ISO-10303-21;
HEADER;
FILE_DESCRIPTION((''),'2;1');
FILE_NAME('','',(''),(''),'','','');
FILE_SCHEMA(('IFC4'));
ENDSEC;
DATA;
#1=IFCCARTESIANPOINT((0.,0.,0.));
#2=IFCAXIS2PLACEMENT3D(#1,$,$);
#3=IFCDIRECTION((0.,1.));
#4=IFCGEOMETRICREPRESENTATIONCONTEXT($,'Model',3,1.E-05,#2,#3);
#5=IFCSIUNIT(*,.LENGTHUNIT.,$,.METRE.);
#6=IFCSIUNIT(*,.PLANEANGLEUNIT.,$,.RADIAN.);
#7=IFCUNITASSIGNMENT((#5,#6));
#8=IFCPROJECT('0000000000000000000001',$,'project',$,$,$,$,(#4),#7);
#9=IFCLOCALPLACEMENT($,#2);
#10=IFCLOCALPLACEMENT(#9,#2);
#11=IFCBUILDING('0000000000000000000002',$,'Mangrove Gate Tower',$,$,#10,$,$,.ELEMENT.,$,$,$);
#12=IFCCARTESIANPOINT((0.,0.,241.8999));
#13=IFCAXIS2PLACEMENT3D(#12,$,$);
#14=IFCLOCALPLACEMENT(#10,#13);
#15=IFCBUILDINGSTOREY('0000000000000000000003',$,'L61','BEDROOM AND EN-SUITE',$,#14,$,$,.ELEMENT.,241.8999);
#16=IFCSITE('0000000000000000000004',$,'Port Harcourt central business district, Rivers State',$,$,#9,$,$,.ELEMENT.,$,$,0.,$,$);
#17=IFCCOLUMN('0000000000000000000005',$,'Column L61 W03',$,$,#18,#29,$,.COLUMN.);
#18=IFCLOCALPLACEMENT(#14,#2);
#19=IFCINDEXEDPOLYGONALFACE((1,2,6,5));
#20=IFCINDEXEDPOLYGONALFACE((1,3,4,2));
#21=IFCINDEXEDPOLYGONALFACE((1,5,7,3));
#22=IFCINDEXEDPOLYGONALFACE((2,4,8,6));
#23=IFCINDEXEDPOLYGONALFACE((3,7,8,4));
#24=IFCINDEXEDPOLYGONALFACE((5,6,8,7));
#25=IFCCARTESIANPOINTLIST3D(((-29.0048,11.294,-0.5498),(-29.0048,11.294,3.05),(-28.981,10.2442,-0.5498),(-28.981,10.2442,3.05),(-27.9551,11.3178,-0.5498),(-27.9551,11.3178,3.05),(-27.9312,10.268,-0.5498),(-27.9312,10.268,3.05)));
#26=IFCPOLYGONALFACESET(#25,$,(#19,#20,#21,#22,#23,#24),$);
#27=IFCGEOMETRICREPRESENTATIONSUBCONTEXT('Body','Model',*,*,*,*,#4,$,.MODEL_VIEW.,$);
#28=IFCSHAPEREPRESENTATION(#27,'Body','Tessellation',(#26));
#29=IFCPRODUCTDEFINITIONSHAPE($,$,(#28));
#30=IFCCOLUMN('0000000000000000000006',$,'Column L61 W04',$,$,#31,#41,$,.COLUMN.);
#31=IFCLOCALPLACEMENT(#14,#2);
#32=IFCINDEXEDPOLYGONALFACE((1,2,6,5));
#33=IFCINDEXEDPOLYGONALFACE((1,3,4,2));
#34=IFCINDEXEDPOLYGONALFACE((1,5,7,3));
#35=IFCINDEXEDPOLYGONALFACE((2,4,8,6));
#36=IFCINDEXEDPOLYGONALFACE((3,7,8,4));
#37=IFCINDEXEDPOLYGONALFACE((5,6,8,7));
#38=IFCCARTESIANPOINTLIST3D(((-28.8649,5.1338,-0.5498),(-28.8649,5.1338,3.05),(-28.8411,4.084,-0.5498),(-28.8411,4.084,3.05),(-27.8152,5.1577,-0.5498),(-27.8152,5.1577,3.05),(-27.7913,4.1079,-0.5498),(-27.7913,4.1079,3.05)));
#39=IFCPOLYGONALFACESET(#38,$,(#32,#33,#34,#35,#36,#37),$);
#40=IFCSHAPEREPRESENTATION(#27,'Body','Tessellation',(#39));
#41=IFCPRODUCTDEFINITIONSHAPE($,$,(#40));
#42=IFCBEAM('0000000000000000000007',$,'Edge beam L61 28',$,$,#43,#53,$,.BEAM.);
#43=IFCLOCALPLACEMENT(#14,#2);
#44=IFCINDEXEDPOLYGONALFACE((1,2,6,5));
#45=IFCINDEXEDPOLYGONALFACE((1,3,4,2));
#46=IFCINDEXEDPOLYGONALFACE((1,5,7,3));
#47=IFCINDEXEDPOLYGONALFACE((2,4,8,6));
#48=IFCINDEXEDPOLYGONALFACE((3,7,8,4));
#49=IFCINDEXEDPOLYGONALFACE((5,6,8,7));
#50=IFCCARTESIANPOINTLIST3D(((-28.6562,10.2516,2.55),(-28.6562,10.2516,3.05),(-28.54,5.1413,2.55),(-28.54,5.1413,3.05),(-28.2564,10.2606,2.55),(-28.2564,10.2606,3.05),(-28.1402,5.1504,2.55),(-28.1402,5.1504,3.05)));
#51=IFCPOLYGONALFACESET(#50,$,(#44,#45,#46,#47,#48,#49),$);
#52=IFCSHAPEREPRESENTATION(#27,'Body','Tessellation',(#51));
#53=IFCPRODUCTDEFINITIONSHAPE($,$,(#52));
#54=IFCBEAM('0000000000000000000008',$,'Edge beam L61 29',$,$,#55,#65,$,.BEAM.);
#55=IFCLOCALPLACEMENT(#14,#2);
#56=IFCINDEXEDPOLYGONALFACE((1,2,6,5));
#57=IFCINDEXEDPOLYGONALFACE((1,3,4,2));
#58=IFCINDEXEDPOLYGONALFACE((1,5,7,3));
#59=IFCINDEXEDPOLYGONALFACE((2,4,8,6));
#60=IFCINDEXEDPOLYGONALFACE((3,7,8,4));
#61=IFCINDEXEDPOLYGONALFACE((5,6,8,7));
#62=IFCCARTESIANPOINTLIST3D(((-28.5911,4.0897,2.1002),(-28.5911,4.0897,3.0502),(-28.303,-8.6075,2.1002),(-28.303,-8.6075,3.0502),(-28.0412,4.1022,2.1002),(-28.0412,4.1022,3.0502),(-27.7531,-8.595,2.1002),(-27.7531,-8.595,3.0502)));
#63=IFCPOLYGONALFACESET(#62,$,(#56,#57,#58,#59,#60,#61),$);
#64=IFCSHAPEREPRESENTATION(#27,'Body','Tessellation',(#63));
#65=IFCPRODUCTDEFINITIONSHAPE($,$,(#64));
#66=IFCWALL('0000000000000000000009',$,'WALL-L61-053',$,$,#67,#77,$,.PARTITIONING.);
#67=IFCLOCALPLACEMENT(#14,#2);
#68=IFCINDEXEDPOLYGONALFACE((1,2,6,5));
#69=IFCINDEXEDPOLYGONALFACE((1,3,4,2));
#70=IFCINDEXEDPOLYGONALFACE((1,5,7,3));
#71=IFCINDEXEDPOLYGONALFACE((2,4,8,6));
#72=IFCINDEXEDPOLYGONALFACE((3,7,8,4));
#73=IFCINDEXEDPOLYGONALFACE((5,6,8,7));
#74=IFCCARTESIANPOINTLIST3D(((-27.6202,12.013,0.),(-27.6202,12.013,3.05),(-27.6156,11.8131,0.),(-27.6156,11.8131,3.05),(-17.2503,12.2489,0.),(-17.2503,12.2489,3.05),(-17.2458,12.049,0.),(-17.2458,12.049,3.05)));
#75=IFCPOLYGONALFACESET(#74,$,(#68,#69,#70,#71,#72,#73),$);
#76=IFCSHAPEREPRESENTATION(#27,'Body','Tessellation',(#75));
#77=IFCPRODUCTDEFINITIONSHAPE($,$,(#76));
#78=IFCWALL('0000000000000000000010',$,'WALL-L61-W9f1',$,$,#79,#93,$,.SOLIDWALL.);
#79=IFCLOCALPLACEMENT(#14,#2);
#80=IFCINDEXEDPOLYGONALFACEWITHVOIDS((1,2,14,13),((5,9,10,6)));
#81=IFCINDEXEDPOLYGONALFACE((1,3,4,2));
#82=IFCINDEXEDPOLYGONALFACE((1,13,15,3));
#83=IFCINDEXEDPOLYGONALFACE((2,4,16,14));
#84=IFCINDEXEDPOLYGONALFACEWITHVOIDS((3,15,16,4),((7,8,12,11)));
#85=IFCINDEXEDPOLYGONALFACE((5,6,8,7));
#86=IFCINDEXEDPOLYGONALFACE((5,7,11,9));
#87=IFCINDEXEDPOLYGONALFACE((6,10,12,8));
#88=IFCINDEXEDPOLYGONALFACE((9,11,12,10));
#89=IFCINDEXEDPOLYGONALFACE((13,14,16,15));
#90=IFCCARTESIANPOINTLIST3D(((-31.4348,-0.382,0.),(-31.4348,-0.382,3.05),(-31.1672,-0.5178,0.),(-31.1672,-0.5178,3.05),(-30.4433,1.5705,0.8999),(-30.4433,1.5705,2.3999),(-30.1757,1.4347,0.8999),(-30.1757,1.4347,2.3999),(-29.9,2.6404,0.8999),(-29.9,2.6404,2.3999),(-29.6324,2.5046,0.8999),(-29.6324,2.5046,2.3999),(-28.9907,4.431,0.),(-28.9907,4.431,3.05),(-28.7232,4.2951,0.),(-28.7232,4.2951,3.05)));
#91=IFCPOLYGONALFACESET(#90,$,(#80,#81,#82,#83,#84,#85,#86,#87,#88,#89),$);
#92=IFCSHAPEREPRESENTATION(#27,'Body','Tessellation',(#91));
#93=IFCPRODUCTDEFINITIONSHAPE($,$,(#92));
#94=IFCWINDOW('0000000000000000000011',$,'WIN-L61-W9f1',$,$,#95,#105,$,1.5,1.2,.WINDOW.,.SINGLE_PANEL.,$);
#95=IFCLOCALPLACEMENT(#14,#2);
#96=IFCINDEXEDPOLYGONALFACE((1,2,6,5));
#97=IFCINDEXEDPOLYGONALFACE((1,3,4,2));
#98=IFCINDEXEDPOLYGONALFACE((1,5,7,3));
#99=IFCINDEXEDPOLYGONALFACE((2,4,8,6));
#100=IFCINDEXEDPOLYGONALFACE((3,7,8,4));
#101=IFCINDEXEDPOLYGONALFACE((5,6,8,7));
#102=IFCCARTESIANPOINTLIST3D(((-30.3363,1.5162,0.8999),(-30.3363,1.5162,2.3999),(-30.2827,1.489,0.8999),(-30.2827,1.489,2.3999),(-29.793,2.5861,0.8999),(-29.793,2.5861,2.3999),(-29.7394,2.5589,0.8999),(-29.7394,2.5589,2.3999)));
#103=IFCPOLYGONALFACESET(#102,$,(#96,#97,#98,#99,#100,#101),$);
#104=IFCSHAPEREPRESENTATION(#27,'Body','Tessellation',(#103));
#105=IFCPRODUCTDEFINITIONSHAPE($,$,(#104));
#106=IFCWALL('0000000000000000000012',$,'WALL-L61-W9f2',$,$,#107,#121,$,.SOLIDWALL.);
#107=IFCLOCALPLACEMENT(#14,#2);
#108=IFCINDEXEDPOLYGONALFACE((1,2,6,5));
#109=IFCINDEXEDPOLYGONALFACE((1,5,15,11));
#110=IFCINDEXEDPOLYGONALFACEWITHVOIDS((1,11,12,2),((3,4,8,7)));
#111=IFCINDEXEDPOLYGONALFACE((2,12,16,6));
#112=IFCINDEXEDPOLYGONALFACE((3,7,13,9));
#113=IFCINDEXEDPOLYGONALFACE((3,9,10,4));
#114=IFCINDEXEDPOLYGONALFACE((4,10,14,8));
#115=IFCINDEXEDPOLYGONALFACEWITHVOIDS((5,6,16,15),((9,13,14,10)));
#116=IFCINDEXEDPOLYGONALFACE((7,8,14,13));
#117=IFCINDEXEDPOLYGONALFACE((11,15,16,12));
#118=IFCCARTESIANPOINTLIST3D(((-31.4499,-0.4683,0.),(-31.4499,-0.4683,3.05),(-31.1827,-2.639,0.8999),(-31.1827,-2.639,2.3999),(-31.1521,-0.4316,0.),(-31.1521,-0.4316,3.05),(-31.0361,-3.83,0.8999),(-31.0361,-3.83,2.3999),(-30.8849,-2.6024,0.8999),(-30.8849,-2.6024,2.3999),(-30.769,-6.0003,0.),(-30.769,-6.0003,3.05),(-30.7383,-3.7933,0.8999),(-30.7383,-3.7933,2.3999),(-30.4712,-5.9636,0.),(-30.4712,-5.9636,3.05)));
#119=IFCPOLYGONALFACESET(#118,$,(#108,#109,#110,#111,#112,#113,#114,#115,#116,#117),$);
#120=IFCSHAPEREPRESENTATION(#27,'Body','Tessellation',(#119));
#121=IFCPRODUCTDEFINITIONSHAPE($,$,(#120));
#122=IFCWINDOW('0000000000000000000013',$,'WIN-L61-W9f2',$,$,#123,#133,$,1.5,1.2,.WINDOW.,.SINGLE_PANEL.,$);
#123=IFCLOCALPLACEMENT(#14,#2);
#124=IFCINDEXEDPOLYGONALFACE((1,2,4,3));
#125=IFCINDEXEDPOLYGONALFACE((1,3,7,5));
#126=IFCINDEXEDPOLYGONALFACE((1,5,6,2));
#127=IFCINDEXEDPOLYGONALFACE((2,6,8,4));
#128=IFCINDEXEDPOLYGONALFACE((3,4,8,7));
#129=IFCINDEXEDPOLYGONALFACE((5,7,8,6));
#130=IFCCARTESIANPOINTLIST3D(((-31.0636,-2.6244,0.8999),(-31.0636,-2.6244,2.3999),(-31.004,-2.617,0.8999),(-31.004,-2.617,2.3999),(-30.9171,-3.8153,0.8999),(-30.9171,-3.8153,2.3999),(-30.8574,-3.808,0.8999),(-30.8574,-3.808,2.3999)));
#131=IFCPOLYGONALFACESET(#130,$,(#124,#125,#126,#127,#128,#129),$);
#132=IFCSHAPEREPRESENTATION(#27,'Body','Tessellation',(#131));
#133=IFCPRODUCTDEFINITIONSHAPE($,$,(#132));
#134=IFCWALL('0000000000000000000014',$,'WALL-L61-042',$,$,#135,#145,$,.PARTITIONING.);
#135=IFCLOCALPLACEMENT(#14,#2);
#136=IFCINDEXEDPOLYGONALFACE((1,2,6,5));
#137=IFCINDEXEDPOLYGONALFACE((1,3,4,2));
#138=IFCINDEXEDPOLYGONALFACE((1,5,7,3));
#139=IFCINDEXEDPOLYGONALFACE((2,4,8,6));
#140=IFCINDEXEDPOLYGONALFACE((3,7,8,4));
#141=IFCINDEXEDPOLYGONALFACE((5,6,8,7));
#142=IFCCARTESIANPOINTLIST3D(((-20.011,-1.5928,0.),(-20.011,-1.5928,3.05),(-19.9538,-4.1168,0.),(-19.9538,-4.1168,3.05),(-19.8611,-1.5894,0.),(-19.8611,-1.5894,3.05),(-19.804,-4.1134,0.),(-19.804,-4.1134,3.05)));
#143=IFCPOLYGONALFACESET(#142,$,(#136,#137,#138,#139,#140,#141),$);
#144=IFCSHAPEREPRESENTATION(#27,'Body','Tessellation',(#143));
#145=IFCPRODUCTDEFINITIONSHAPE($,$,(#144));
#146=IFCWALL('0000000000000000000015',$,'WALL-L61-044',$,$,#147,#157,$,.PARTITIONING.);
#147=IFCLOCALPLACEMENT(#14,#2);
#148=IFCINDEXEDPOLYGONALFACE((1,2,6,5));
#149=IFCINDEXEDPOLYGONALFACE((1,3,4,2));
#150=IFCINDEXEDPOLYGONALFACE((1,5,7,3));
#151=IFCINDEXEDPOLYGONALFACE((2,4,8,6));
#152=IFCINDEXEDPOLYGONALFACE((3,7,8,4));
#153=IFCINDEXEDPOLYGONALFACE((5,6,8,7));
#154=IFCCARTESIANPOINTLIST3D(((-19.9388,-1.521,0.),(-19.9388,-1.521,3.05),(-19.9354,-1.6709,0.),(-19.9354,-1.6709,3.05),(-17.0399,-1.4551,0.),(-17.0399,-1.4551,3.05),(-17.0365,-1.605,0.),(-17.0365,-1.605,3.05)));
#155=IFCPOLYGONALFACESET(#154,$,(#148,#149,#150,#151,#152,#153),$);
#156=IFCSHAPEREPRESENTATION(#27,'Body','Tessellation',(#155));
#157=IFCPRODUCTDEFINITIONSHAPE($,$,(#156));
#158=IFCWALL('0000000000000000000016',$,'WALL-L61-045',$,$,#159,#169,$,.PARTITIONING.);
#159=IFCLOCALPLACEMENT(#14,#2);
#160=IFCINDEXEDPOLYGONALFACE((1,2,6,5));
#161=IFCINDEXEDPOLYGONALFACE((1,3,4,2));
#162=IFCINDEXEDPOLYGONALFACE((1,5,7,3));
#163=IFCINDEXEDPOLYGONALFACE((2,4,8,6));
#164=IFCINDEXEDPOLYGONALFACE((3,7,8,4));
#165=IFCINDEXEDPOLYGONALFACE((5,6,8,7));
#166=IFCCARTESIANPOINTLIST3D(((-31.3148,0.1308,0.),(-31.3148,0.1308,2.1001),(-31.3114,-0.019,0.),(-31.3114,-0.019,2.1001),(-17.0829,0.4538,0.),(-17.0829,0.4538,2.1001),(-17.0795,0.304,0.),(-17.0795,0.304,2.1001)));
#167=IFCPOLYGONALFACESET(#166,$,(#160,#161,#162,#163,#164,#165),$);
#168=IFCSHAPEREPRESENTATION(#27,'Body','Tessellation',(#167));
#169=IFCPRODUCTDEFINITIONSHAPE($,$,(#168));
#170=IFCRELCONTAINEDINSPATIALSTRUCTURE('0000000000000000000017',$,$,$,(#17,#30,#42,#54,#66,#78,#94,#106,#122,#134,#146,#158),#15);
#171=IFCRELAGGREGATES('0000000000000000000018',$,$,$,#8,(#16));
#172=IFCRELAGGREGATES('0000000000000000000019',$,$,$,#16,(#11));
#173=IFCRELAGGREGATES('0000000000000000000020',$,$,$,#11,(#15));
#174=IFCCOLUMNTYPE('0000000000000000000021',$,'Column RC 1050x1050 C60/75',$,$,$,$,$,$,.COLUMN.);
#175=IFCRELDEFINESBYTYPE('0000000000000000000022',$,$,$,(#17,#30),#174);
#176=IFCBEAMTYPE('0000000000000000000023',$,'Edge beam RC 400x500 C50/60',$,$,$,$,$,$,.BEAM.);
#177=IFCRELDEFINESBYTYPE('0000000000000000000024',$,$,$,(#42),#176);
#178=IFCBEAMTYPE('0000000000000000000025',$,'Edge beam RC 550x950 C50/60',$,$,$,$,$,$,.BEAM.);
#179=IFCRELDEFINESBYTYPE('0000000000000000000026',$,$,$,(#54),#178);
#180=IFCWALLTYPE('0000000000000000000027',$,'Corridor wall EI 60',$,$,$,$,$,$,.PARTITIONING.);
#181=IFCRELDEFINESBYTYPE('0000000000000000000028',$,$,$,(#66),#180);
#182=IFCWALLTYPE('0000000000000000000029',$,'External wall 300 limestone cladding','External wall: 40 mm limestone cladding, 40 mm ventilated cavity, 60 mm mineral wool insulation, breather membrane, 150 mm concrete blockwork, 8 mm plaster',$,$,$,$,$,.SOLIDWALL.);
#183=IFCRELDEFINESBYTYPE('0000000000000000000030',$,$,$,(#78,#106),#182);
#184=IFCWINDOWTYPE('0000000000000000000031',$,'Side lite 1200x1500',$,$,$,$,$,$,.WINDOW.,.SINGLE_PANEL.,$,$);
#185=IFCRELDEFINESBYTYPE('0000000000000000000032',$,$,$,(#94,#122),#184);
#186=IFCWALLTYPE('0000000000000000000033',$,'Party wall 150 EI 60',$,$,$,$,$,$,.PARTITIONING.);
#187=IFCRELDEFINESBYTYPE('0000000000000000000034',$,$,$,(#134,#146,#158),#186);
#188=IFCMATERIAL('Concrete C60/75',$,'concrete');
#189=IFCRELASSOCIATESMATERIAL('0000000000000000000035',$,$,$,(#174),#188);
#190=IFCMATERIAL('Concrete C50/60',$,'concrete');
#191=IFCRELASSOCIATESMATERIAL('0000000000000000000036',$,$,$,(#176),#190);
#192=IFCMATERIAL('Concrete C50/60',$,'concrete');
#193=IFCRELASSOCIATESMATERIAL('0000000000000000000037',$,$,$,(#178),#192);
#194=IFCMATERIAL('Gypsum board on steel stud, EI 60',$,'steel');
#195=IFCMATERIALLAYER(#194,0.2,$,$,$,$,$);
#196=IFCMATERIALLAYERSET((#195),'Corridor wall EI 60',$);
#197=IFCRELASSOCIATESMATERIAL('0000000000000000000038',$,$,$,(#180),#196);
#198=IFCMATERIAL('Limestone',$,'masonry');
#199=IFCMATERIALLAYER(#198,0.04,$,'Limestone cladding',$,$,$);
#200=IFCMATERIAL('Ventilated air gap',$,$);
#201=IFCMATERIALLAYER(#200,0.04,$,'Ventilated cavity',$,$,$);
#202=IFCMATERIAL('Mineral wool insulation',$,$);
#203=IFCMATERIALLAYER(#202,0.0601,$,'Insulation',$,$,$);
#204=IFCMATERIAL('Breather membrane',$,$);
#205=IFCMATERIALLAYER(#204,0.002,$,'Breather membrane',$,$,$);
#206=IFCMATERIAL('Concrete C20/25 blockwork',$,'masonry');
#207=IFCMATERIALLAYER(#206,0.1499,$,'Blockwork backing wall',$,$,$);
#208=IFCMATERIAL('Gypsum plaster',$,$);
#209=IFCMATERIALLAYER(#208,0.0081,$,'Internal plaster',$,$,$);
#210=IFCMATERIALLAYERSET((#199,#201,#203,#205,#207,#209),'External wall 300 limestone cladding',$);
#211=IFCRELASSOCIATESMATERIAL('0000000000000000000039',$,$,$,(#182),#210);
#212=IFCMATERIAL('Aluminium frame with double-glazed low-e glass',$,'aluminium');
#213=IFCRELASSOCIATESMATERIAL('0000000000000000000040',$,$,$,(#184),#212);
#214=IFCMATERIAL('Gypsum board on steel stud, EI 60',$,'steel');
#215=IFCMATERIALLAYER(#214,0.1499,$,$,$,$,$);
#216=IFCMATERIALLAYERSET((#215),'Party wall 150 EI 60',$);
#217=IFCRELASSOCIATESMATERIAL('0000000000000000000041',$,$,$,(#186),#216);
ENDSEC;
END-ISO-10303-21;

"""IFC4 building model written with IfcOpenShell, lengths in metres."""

from ifc_helpers import new_model, si_unit, direction, frame, frame_2d, origin, origin_2d, place, context, subcontext, project, spatial, rectangle, extrude, material, layer, layer_set, material_profile, profile_set, type_object, element, fill, save


model = new_model("IFC4")

# Units and contexts
model_context = context("Model", 3, precision=1e-05, world=origin(), true_north=direction((0.0, 1.0)))
body_context = subcontext(model_context, "Body", "Model", "MODEL_VIEW")
ifc_project = project(units=[si_unit("LENGTHUNIT", "METRE"), si_unit("PLANEANGLEUNIT", "RADIAN")], contexts=[model_context])

# Site, building, storey
site_placement = place(None, origin())
site = spatial("IfcSite", under=ifc_project, at=site_placement, Name="Port Harcourt central business district, Rivers State", CompositionType="ELEMENT", RefElevation=0.0)
building_placement = place(site_placement, origin())
building = spatial("IfcBuilding", under=site, at=building_placement, Name="Mangrove Gate Tower", CompositionType="ELEMENT")
storey_placement = place(building_placement, frame((0.0, 0.0, 241.8999)))
storey = spatial("IfcBuildingStorey", under=building, at=storey_placement, Name="L61", Description="BEDROOM AND EN-SUITE", CompositionType="ELEMENT", Elevation=241.8999)

# Columns
ifc_material_1 = material(Name="Concrete C60/75", Category="concrete")
ifc_material_profile_1 = material_profile(ifc_material_1, rectangle(XDim=1.05, YDim=1.05, at=origin_2d()))
ifc_profile_set_1 = profile_set([ifc_material_profile_1], Name="Concrete C60/75")
column_type = type_object("IfcColumnType", Name="Column RC 1050x1050 C60/75", PredefinedType="COLUMN", material=ifc_profile_set_1)
for number, where, z_axis, x_axis, name in (
    (1, (-28.468, 10.781, -0.5498), (0.0, 0.0, 1.0), (0.02272, -0.999742, 0.0), "Column L61 W03"),
    (2, (-28.3281, 4.6208, -0.5498), (0.0, 0.0, 1.0), (0.0227, -0.999742, 0.0), "Column L61 W04"),
):
    element("IfcColumn", number, at=place(storey_placement, frame(where, z_axis=z_axis, x_axis=x_axis)), inside=storey, type_object=column_type, Name=name, PredefinedType="COLUMN", context=body_context, shape_type="SweptSolid", body=[
        extrude(rectangle(XDim=1.05, YDim=1.05, at=origin_2d()), origin(), (0.0, 0.0, 1.0), 3.5999),
    ])

# Beams
ifc_material_2 = material(Name="Concrete C50/60", Category="concrete")
ifc_material_profile_2 = material_profile(ifc_material_2, rectangle(XDim=0.3999, YDim=0.5, at=origin_2d()))
ifc_profile_set_2 = profile_set([ifc_material_profile_2], Name="Concrete C50/60")
beam_type_1 = type_object("IfcBeamType", Name="Edge beam RC 400x500 C50/60", PredefinedType="BEAM", material=ifc_profile_set_2)
beam_1_placement = place(storey_placement, frame((-28.4563, 10.2561, 2.8), z_axis=(0.022734, -0.999742, 0.0), x_axis=(0.999742, 0.022734, 0.0)))
element("IfcBeam", 3, at=beam_1_placement, inside=storey, type_object=beam_type_1, Name="Edge beam L61 28", PredefinedType="BEAM", context=body_context, shape_type="SweptSolid", body=[
    extrude(rectangle(XDim=0.3999, YDim=0.5, at=origin_2d()), origin(), (0.0, 0.0, 1.0), 5.1116),
])
ifc_material_3 = material(Name="Concrete C50/60", Category="concrete")
ifc_material_profile_3 = material_profile(ifc_material_3, rectangle(XDim=0.55, YDim=0.95, at=origin_2d()))
ifc_profile_set_3 = profile_set([ifc_material_profile_3], Name="Concrete C50/60")
beam_type_2 = type_object("IfcBeamType", Name="Edge beam RC 550x950 C50/60", PredefinedType="BEAM", material=ifc_profile_set_3)
beam_2_placement = place(storey_placement, frame((-28.3162, 4.0959, 2.5752), z_axis=(0.022683, -0.999743, 0.0), x_axis=(0.999743, 0.022683, 0.0)))
element("IfcBeam", 4, at=beam_2_placement, inside=storey, type_object=beam_type_2, Name="Edge beam L61 29", PredefinedType="BEAM", context=body_context, shape_type="SweptSolid", body=[
    extrude(rectangle(XDim=0.55, YDim=0.95, at=origin_2d()), origin(), (0.0, 0.0, 1.0), 12.7004),
])

# Wall
ifc_material_4 = material(Name="Gypsum board on steel stud, EI 60", Category="steel")
ifc_layer_1 = layer(ifc_material_4, 0.2)
ifc_layer_set_1 = layer_set([ifc_layer_1], Name="Corridor wall EI 60")
wall_type_1 = type_object("IfcWallType", Name="Corridor wall EI 60", PredefinedType="PARTITIONING", material=ifc_layer_set_1)
wall_1_placement = place(storey_placement, frame((-27.6179, 11.9131, 0.0), z_axis=(0.0, 0.0, 1.0), x_axis=(0.999741, 0.022737, 0.0)))
element("IfcWall", 5, at=wall_1_placement, inside=storey, type_object=wall_type_1, Name="WALL-L61-053", PredefinedType="PARTITIONING", context=body_context, shape_type="SweptSolid", body=[
    extrude(rectangle(XDim=10.3726, YDim=0.2, at=frame_2d((5.1863, 0.0))), origin(), (0.0, 0.0, 1.0), 3.05),
])

# Walls, openings, windows
ifc_material_5 = material(Name="Limestone", Category="masonry")
ifc_layer_2 = layer(ifc_material_5, 0.04, Name="Limestone cladding")
ifc_material_6 = material(Name="Ventilated air gap")
ifc_layer_3 = layer(ifc_material_6, 0.04, Name="Ventilated cavity")
ifc_material_7 = material(Name="Mineral wool insulation")
ifc_layer_4 = layer(ifc_material_7, 0.0601, Name="Insulation")
ifc_material_8 = material(Name="Breather membrane")
ifc_layer_5 = layer(ifc_material_8, 0.002, Name="Breather membrane")
ifc_material_9 = material(Name="Concrete C20/25 blockwork", Category="masonry")
ifc_layer_6 = layer(ifc_material_9, 0.1499, Name="Blockwork backing wall")
ifc_material_10 = material(Name="Gypsum plaster")
ifc_layer_7 = layer(ifc_material_10, 0.0081, Name="Internal plaster")
ifc_layer_set_2 = layer_set([ifc_layer_2, ifc_layer_3, ifc_layer_4, ifc_layer_5, ifc_layer_6, ifc_layer_7], Name="External wall 300 limestone cladding")
wall_type_2 = type_object("IfcWallType", Name="External wall 300 limestone cladding", Description="External wall: 40 mm limestone cladding, 40 mm ventilated cavity, 60 mm mineral wool insulation, breather membrane, 150 mm concrete blockwork, 8 mm plaster", PredefinedType="SOLIDWALL", material=ifc_layer_set_2)
wall_2_placement = place(storey_placement, frame((-28.8569, 4.363, 0.0), z_axis=(0.0, 0.0, 1.0), x_axis=(-0.452777, -0.891624, 0.0)))
wall_2 = element("IfcWall", 6, at=wall_2_placement, inside=storey, type_object=wall_type_2, Name="WALL-L61-W9f1", PredefinedType="SOLIDWALL", context=body_context, shape_type="SweptSolid", body=[
    extrude(rectangle(XDim=5.3979, YDim=0.3, at=frame_2d((2.699, 0.0))), origin(), (0.0, 0.0, 1.0), 3.05),
])
opening_1_placement = place(wall_2_placement, frame((2.0081, 0.0, 0.8999)))
opening_1 = element("IfcOpeningElement", 7, at=opening_1_placement, cuts=wall_2, PredefinedType="OPENING", context=body_context, shape_type="SweptSolid", body=[
    extrude(rectangle(XDim=1.2, YDim=1.5, at=frame_2d((0.6001, 0.75))), frame((0.0, 0.1599, 0.0), z_axis=(0.0, -1.0, 0.0), x_axis=(1.0, 0.0, 0.0)), (0.0, 0.0, 1.0), 0.3201),
])
ifc_material_11 = material(Name="Aluminium frame with double-glazed low-e glass", Category="aluminium")
window_type = type_object("IfcWindowType", Name="Side lite 1200x1500", PartitioningType="SINGLE_PANEL", PredefinedType="WINDOW", material=ifc_material_11)
window_1_placement = place(opening_1_placement, origin())
window_1 = element("IfcWindow", 8, at=window_1_placement, inside=storey, type_object=window_type, Name="WIN-L61-W9f1", OverallHeight=1.5, OverallWidth=1.2, PartitioningType="SINGLE_PANEL", PredefinedType="WINDOW", context=body_context, shape_type="SweptSolid", body=[
    extrude(rectangle(XDim=1.2, YDim=1.5, at=frame_2d((0.6001, 0.75))), frame((0.0, 0.03, 0.0), z_axis=(0.0, -1.0, 0.0), x_axis=(1.0, 0.0, 0.0)), (0.0, 0.0, 1.0), 0.0601),
])
fill(opening_1, window_1)
wall_3_placement = place(storey_placement, frame((-31.301, -0.45, 0.0), z_axis=(0.0, 0.0, 1.0), x_axis=(0.122164, -0.99251, 0.0)))
wall_3 = element("IfcWall", 9, at=wall_3_placement, inside=storey, type_object=wall_type_2, Name="WALL-L61-W9f2", PredefinedType="SOLIDWALL", context=body_context, shape_type="SweptSolid", body=[
    extrude(rectangle(XDim=5.5737, YDim=0.3, at=frame_2d((2.7869, 0.0))), origin(), (0.0, 0.0, 1.0), 3.05),
])
opening_2_placement = place(wall_3_placement, frame((2.187, 0.0, 0.8999)))
opening_2 = element("IfcOpeningElement", 10, at=opening_2_placement, cuts=wall_3, PredefinedType="OPENING", context=body_context, shape_type="SweptSolid", body=[
    extrude(rectangle(XDim=1.2, YDim=1.5, at=frame_2d((0.6001, 0.75))), frame((0.0, 0.1599, 0.0), z_axis=(0.0, -1.0, 0.0), x_axis=(1.0, 0.0, 0.0)), (0.0, 0.0, 1.0), 0.3201),
])
window_2_placement = place(opening_2_placement, origin())
window_2 = element("IfcWindow", 11, at=window_2_placement, inside=storey, type_object=window_type, Name="WIN-L61-W9f2", OverallHeight=1.5, OverallWidth=1.2, PartitioningType="SINGLE_PANEL", PredefinedType="WINDOW", context=body_context, shape_type="SweptSolid", body=[
    extrude(rectangle(XDim=1.2, YDim=1.5, at=frame_2d((0.6001, 0.75))), frame((0.0, 0.03, 0.0), z_axis=(0.0, -1.0, 0.0), x_axis=(1.0, 0.0, 0.0)), (0.0, 0.0, 1.0), 0.0601),
])
fill(opening_2, window_2)

# Walls
ifc_material_12 = material(Name="Gypsum board on steel stud, EI 60", Category="steel")
ifc_layer_8 = layer(ifc_material_12, 0.1499)
ifc_layer_set_3 = layer_set([ifc_layer_8], Name="Party wall 150 EI 60")
wall_type_3 = type_object("IfcWallType", Name="Party wall 150 EI 60", PredefinedType="PARTITIONING", material=ifc_layer_set_3)
wall_4_placement = place(storey_placement, frame((-19.8789, -4.115, 0.0), z_axis=(0.0, 0.0, 1.0), x_axis=(-0.022629, 0.999744, 0.0)))
element("IfcWall", 12, at=wall_4_placement, inside=storey, type_object=wall_type_3, Name="WALL-L61-042", PredefinedType="PARTITIONING", context=body_context, shape_type="SweptSolid", body=[
    extrude(rectangle(XDim=2.5247, YDim=0.1499, at=frame_2d((1.2622, 0.0))), origin(), (0.0, 0.0, 1.0), 3.05),
])
wall_5_placement = place(storey_placement, frame((-19.937, -1.5959, 0.0), z_axis=(0.0, 0.0, 1.0), x_axis=(0.999742, 0.022733, 0.0)))
element("IfcWall", 13, at=wall_5_placement, inside=storey, type_object=wall_type_3, Name="WALL-L61-044", PredefinedType="PARTITIONING", context=body_context, shape_type="SweptSolid", body=[
    extrude(rectangle(XDim=2.8997, YDim=0.1499, at=frame_2d((1.4497, 0.0))), origin(), (0.0, 0.0, 1.0), 3.05),
])
wall_6_placement = place(storey_placement, frame((-31.313, 0.0559, 0.0), z_axis=(0.0, 0.0, 1.0), x_axis=(0.999743, 0.022689, 0.0)))
element("IfcWall", 14, at=wall_6_placement, inside=storey, type_object=wall_type_3, Name="WALL-L61-045", PredefinedType="PARTITIONING", context=body_context, shape_type="SweptSolid", body=[
    extrude(rectangle(XDim=14.2356, YDim=0.1499, at=frame_2d((7.1177, 0.0))), origin(), (0.0, 0.0, 1.0), 2.1001),
])

save(model, "model.ifc")
